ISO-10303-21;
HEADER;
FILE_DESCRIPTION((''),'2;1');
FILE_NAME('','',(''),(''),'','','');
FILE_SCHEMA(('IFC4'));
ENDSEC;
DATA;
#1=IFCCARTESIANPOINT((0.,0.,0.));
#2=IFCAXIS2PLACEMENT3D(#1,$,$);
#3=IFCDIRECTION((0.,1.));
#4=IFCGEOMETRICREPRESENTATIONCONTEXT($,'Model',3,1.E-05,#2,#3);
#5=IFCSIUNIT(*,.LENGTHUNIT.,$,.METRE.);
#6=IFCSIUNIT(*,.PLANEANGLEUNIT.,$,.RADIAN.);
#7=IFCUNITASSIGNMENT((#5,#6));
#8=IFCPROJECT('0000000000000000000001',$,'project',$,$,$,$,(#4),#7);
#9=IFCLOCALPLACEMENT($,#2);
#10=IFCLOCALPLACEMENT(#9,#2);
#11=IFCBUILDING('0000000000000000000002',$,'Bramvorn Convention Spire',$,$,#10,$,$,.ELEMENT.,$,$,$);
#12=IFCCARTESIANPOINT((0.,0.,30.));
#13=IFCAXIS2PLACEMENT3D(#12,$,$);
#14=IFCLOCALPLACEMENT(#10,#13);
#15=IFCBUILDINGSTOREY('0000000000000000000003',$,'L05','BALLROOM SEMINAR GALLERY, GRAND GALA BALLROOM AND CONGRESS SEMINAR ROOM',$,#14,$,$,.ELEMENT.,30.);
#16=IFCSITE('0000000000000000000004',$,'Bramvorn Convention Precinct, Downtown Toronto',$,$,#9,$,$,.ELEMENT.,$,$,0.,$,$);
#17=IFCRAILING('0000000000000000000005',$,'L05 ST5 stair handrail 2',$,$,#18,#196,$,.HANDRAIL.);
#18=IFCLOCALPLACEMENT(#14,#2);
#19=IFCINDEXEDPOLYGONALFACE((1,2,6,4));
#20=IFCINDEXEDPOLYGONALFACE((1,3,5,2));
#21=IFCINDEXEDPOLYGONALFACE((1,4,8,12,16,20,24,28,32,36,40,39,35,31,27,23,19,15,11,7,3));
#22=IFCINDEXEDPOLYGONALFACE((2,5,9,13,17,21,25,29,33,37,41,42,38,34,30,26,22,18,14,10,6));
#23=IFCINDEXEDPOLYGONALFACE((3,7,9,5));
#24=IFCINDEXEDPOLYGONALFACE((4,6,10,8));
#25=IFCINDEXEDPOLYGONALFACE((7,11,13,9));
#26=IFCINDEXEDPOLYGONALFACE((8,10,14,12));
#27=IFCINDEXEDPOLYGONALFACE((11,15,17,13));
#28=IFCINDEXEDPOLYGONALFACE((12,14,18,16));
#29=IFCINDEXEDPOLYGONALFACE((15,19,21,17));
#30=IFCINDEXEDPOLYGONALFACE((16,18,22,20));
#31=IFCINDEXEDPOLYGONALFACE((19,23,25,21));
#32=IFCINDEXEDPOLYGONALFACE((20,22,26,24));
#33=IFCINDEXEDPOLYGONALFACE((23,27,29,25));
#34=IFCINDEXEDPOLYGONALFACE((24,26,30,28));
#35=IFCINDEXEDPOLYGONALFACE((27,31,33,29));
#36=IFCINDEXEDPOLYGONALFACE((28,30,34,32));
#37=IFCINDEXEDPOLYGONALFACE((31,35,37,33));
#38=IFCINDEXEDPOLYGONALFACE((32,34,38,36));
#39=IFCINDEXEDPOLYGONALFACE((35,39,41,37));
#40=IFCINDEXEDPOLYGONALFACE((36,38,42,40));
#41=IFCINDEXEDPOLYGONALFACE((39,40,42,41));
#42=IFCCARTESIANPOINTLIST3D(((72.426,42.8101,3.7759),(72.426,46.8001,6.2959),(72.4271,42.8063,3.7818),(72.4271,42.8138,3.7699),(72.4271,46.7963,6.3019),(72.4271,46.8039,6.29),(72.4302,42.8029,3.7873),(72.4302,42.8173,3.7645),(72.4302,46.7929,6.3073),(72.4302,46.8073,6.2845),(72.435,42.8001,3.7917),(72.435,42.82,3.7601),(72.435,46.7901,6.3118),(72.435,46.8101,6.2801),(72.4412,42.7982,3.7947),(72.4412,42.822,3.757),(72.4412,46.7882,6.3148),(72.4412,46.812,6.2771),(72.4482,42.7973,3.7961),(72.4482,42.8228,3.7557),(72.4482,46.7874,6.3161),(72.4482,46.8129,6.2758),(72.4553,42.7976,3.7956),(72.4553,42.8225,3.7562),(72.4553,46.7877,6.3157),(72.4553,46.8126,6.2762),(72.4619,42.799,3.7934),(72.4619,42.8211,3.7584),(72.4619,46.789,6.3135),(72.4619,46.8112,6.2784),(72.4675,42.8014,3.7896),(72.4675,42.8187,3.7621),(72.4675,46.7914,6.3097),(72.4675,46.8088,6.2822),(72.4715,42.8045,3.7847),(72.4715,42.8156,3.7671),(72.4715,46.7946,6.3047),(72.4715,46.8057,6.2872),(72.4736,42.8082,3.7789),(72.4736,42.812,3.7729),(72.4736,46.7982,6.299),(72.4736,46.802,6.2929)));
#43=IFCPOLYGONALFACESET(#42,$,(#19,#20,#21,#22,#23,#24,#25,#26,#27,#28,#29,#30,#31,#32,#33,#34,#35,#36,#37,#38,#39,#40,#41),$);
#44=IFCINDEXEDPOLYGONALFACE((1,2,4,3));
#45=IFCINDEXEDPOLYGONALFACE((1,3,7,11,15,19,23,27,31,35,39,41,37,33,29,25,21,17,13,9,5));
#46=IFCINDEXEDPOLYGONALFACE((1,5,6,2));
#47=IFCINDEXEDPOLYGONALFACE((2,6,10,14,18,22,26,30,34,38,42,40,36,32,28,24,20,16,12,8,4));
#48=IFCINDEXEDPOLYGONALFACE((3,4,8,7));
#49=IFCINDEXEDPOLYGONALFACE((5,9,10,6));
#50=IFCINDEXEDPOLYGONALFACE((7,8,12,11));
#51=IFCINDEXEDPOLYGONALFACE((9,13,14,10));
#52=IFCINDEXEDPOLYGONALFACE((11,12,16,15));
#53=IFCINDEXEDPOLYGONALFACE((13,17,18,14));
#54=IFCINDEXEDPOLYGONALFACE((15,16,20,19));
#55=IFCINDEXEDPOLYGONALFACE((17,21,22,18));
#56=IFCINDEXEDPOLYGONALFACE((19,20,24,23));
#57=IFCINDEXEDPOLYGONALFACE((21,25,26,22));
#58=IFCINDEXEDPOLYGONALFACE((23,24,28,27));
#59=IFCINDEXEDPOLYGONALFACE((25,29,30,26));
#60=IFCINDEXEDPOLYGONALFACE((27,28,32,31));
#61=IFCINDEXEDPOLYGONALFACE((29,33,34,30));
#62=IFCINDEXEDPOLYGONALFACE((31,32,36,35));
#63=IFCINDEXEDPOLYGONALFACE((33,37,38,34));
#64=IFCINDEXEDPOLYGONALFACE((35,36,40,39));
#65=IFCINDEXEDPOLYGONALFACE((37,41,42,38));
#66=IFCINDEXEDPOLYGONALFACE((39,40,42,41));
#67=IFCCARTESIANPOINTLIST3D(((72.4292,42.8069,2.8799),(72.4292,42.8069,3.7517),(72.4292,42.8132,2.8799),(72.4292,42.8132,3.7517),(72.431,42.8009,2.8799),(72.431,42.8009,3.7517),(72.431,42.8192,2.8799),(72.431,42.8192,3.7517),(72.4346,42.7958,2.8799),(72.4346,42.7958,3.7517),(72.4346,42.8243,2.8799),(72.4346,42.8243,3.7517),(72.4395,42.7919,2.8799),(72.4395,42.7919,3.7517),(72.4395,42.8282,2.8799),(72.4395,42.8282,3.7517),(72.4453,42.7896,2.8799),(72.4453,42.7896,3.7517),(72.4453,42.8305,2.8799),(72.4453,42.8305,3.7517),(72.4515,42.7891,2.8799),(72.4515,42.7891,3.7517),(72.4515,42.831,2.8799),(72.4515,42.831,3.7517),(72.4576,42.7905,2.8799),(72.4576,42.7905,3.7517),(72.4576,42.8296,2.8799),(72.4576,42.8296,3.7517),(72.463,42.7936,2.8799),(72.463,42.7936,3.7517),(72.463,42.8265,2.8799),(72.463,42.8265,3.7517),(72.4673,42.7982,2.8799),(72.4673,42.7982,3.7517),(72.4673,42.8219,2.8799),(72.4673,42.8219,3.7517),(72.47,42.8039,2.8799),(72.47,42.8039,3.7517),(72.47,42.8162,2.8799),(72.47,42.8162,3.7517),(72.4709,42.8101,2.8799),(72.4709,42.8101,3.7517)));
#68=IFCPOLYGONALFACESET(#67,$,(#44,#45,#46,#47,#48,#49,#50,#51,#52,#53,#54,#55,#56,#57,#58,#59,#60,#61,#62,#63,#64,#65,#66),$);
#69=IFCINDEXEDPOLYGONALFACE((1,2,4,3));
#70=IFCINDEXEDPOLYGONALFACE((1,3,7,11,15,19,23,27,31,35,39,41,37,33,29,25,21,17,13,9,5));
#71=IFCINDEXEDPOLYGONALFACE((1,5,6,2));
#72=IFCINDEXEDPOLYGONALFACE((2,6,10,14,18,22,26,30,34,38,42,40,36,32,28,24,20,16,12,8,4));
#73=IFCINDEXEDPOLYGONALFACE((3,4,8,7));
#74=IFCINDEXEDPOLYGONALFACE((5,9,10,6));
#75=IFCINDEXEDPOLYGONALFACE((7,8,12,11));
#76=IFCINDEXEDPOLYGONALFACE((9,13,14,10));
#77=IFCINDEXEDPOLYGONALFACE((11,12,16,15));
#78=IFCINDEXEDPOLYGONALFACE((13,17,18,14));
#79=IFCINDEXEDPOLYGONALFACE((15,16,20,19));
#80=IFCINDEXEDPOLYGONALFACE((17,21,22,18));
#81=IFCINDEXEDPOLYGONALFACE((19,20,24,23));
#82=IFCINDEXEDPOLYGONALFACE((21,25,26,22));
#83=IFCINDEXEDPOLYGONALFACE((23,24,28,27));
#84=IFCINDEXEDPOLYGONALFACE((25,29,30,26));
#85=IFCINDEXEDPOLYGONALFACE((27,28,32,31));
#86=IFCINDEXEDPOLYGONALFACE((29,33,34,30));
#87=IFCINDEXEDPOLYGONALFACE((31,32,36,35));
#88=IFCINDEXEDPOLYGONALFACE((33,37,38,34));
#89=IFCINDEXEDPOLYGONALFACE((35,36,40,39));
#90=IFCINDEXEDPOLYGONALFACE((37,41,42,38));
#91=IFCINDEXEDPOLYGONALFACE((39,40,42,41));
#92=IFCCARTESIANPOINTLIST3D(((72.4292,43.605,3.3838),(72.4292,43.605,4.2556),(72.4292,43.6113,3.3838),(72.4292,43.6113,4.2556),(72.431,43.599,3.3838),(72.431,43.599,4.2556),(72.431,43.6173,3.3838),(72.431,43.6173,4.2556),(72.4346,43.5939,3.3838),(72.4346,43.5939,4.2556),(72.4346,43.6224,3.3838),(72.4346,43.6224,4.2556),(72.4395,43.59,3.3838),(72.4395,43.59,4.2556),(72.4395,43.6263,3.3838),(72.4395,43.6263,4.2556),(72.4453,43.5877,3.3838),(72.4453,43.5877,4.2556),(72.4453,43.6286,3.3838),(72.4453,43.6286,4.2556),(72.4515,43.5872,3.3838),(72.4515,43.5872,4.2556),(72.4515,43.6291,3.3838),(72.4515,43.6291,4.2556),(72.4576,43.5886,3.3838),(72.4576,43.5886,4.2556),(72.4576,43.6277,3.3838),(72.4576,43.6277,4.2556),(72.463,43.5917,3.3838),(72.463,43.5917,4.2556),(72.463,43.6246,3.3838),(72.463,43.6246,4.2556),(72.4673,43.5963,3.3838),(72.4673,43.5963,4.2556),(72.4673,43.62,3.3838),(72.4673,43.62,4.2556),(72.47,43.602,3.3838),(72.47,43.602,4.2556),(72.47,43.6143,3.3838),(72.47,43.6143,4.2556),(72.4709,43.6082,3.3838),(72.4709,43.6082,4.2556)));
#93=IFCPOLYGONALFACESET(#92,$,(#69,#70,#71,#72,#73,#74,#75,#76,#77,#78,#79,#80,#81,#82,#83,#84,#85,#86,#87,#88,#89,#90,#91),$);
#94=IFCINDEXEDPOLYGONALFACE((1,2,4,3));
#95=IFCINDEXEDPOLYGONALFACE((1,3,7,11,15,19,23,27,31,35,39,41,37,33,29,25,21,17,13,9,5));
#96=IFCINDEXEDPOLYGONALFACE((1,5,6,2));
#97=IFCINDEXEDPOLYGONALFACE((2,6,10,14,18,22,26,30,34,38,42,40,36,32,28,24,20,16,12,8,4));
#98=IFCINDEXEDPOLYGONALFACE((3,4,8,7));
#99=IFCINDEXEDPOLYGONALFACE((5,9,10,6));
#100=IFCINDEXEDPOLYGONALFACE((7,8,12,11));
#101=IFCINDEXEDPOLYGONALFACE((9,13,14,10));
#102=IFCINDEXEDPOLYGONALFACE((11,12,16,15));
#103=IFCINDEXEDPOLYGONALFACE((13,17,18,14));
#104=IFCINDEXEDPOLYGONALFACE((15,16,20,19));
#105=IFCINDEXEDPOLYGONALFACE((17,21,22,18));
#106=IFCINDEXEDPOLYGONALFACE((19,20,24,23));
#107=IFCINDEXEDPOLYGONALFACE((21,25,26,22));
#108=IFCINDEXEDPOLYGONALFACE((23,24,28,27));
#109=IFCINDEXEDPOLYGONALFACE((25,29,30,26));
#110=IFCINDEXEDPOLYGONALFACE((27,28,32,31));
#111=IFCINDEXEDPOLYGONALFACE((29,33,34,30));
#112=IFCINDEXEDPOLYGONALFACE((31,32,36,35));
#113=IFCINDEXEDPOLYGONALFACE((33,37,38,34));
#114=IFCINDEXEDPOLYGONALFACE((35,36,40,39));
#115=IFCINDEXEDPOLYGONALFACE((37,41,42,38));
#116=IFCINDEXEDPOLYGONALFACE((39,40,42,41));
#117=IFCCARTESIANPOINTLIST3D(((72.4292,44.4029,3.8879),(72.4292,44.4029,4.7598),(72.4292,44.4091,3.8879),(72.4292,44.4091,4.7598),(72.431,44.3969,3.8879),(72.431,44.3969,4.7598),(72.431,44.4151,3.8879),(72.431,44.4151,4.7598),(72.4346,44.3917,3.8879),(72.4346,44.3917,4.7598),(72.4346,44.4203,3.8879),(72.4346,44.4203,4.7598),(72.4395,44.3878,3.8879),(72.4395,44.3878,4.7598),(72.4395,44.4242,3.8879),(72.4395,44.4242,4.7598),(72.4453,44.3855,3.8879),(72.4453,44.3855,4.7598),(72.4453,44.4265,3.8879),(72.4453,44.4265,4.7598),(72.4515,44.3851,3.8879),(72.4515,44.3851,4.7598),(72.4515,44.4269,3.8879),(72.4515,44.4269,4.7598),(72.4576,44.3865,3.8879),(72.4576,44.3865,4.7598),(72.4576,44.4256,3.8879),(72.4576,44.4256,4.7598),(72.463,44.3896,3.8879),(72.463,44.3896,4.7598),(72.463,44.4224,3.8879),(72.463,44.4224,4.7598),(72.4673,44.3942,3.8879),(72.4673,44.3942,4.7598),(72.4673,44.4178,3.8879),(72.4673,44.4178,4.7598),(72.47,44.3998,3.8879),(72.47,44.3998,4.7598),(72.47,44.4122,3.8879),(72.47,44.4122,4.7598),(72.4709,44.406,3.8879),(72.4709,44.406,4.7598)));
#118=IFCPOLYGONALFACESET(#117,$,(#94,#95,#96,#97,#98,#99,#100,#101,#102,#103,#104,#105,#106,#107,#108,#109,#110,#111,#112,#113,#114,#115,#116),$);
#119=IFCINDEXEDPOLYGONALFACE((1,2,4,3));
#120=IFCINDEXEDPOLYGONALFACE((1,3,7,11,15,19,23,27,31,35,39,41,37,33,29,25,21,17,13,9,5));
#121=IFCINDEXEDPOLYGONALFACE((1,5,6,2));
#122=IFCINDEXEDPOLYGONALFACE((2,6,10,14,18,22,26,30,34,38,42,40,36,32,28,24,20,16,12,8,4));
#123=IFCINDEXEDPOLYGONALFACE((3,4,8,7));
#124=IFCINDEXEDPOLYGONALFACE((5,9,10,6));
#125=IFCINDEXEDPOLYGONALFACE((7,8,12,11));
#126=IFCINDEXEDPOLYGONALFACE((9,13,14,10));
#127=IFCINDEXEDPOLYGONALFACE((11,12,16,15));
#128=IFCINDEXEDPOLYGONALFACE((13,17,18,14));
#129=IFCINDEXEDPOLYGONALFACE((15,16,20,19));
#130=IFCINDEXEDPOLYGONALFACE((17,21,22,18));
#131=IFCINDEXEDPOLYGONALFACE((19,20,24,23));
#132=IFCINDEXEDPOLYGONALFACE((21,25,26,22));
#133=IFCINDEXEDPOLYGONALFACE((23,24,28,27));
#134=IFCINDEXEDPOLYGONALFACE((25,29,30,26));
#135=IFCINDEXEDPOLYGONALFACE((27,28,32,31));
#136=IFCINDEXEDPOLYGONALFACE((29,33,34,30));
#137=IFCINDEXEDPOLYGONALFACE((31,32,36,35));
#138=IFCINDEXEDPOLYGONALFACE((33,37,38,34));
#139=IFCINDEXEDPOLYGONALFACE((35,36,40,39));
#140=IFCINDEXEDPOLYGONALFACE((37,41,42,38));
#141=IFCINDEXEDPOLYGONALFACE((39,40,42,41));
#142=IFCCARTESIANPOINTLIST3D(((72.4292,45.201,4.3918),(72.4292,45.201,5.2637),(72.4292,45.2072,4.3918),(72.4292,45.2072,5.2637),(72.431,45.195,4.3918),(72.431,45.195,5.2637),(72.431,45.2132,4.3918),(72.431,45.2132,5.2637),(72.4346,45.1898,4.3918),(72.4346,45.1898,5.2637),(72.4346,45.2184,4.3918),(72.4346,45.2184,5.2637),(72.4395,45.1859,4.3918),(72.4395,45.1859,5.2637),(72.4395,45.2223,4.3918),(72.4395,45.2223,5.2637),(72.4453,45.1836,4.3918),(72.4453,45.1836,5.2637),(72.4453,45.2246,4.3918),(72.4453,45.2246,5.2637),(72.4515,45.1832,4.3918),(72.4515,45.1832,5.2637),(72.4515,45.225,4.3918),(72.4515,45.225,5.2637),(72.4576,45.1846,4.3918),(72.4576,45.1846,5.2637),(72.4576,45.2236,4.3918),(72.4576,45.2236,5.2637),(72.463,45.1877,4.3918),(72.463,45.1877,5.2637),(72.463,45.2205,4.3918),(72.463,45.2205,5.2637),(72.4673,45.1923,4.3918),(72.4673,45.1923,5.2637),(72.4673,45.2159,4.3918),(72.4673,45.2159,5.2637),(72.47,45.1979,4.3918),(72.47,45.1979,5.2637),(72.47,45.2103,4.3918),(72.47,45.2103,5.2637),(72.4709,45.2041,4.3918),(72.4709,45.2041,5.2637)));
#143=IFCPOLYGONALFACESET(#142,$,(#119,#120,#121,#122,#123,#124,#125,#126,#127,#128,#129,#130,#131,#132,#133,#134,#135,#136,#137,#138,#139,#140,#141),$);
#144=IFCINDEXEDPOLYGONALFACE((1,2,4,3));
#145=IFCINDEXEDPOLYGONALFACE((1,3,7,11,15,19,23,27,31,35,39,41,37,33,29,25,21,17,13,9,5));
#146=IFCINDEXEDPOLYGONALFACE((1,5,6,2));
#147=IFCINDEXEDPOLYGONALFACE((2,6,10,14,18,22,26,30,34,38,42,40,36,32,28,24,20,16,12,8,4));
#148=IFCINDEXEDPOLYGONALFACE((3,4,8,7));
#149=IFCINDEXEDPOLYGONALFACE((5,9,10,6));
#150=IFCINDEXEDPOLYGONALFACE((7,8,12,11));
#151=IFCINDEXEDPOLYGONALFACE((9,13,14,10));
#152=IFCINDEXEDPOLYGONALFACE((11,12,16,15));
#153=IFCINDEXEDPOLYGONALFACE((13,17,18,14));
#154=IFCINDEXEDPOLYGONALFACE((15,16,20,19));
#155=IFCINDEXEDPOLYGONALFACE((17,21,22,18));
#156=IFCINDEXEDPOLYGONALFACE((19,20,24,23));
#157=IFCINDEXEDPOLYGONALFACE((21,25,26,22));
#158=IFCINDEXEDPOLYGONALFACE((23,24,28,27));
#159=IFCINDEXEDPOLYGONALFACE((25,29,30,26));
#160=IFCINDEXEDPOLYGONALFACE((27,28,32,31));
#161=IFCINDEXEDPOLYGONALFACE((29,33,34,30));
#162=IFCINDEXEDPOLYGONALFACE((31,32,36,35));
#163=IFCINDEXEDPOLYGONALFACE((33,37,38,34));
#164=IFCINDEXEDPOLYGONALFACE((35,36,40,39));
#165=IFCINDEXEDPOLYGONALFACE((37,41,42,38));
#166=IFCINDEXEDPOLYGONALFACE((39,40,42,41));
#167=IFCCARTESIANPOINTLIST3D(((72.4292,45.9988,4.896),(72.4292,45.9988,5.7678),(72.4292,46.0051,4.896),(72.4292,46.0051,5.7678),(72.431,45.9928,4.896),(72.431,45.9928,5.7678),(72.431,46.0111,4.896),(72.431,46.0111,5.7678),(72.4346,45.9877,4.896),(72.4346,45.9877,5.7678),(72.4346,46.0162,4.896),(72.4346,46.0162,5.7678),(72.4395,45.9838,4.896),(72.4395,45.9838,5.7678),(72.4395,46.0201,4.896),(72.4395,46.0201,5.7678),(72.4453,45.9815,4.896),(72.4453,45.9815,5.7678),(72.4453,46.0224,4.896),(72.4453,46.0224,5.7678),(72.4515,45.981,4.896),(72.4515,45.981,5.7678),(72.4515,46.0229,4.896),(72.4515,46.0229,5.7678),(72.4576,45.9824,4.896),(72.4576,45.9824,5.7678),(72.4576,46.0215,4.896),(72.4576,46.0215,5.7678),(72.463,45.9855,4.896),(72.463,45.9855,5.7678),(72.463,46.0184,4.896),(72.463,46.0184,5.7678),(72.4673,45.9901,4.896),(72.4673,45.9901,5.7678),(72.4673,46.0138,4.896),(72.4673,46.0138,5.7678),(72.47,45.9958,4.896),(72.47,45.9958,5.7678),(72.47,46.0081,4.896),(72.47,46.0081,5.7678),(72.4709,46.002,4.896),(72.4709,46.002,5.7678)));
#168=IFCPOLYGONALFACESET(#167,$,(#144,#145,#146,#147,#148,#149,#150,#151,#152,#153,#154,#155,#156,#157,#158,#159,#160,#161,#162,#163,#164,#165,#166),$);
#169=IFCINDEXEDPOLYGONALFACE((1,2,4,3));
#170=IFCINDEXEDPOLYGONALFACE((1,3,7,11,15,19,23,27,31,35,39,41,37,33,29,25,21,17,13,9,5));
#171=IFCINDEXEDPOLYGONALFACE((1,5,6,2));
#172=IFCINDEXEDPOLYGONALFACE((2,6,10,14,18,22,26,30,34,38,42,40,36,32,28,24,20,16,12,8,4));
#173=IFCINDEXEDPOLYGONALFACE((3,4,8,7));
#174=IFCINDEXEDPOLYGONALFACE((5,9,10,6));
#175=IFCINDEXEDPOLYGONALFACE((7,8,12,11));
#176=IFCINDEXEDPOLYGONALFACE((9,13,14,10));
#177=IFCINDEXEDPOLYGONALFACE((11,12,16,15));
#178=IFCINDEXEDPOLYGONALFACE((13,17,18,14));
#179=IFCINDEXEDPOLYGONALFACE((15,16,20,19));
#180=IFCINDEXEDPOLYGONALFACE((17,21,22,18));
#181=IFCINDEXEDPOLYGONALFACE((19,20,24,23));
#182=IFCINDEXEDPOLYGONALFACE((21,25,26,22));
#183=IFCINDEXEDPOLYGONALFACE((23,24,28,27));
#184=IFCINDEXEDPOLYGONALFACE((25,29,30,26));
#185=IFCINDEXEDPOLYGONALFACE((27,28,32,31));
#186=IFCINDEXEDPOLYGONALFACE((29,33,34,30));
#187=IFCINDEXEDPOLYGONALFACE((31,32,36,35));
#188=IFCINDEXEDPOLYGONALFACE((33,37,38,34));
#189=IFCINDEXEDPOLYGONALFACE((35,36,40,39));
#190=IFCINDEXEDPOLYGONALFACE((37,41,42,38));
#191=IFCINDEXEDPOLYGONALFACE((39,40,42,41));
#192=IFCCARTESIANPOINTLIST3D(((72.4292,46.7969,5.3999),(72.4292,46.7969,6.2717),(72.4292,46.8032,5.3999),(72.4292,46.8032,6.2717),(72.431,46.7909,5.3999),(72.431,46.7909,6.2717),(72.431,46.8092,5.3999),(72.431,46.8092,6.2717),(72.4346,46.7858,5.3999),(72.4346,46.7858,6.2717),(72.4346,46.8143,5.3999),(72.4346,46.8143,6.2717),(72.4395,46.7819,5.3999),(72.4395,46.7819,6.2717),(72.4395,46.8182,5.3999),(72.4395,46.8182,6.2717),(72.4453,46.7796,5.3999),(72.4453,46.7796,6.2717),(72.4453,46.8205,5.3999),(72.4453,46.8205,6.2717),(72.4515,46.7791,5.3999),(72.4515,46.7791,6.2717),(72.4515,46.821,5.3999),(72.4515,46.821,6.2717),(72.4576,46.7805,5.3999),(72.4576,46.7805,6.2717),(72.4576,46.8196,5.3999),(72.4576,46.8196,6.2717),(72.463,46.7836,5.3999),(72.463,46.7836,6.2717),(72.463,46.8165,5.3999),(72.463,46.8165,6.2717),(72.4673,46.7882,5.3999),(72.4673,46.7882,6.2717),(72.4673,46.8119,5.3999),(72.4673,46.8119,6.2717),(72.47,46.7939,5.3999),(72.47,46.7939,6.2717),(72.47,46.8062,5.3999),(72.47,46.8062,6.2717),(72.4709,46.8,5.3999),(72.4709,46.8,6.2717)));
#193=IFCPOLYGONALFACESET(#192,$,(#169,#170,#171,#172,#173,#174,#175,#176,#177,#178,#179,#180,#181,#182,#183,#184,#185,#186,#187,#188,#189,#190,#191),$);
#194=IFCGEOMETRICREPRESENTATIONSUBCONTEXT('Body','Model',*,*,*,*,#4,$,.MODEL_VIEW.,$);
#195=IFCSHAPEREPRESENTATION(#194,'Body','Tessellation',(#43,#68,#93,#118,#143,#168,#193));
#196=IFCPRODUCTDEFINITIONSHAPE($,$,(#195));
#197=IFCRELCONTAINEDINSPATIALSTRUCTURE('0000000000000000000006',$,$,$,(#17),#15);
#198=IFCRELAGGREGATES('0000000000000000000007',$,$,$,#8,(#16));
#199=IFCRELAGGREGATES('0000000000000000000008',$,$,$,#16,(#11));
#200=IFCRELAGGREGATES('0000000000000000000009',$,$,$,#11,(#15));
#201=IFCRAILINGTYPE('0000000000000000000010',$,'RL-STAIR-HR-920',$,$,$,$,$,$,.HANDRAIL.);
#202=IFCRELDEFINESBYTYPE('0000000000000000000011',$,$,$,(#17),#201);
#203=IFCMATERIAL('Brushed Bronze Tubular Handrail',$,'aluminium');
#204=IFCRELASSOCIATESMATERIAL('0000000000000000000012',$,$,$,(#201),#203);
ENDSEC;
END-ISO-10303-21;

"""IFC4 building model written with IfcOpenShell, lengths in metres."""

from ifc_helpers import new_model, si_unit, direction, frame, origin, origin_2d, place, context, subcontext, project, spatial, circle, extrude, material, type_object, element, save


model = new_model("IFC4")

# Units and contexts
model_context = context("Model", 3, precision=1e-05, world=origin(), true_north=direction((0.0, 1.0)))
body_context = subcontext(model_context, "Body", "Model", "MODEL_VIEW")
ifc_project = project(units=[si_unit("LENGTHUNIT", "METRE"), si_unit("PLANEANGLEUNIT", "RADIAN")], contexts=[model_context])

# Site, building, storey
site_placement = place(None, origin())
site = spatial("IfcSite", under=ifc_project, at=site_placement, Name="Bramvorn Convention Precinct, Downtown Toronto", CompositionType="ELEMENT", RefElevation=0.0)
building_placement = place(site_placement, origin())
building = spatial("IfcBuilding", under=site, at=building_placement, Name="Bramvorn Convention Spire", CompositionType="ELEMENT")
storey_placement = place(building_placement, frame((0.0, 0.0, 30.0)))
storey = spatial("IfcBuildingStorey", under=building, at=storey_placement, Name="L05", Description="BALLROOM SEMINAR GALLERY, GRAND GALA BALLROOM AND CONGRESS SEMINAR ROOM", CompositionType="ELEMENT", Elevation=30.0)

# Railing
ifc_material_1 = material(Name="Brushed Bronze Tubular Handrail", Category="aluminium")
railing_type_1 = type_object("IfcRailingType", Name="RL-STAIR-HR-920", PredefinedType="HANDRAIL", material=ifc_material_1)
railing_1_placement = place(storey_placement, frame((72.45, 42.8101, 2.8799)))
element("IfcRailing", 1, at=railing_1_placement, inside=storey, type_object=railing_type_1, Name="L05 ST5 stair handrail 2", PredefinedType="HANDRAIL", context=body_context, shape_type="SweptSolid", body=[
    extrude(circle(Radius=0.0239, at=origin_2d()), frame((0.0, 0.0, 0.896), z_axis=(0.0, 0.845486, 0.533997), x_axis=(-1.0, 0.0, 0.0)), (0.0, 0.0, 1.0), 4.7192),
    extrude(circle(Radius=0.021, at=origin_2d()), origin(), (0.0, 0.0, 1.0), 0.8718),
    extrude(circle(Radius=0.021, at=origin_2d()), frame((0.0, 0.7981, 0.5039)), (0.0, 0.0, 1.0), 0.8718),
    extrude(circle(Radius=0.021, at=origin_2d()), frame((0.0, 1.5959, 1.0081)), (0.0, 0.0, 1.0), 0.8718),
    extrude(circle(Radius=0.021, at=origin_2d()), frame((0.0, 2.394, 1.512)), (0.0, 0.0, 1.0), 0.8718),
    extrude(circle(Radius=0.021, at=origin_2d()), frame((0.0, 3.1919, 2.0161)), (0.0, 0.0, 1.0), 0.8718),
    extrude(circle(Radius=0.021, at=origin_2d()), frame((0.0, 3.99, 2.52)), (0.0, 0.0, 1.0), 0.8718),
])

save(model, "model.ifc")
